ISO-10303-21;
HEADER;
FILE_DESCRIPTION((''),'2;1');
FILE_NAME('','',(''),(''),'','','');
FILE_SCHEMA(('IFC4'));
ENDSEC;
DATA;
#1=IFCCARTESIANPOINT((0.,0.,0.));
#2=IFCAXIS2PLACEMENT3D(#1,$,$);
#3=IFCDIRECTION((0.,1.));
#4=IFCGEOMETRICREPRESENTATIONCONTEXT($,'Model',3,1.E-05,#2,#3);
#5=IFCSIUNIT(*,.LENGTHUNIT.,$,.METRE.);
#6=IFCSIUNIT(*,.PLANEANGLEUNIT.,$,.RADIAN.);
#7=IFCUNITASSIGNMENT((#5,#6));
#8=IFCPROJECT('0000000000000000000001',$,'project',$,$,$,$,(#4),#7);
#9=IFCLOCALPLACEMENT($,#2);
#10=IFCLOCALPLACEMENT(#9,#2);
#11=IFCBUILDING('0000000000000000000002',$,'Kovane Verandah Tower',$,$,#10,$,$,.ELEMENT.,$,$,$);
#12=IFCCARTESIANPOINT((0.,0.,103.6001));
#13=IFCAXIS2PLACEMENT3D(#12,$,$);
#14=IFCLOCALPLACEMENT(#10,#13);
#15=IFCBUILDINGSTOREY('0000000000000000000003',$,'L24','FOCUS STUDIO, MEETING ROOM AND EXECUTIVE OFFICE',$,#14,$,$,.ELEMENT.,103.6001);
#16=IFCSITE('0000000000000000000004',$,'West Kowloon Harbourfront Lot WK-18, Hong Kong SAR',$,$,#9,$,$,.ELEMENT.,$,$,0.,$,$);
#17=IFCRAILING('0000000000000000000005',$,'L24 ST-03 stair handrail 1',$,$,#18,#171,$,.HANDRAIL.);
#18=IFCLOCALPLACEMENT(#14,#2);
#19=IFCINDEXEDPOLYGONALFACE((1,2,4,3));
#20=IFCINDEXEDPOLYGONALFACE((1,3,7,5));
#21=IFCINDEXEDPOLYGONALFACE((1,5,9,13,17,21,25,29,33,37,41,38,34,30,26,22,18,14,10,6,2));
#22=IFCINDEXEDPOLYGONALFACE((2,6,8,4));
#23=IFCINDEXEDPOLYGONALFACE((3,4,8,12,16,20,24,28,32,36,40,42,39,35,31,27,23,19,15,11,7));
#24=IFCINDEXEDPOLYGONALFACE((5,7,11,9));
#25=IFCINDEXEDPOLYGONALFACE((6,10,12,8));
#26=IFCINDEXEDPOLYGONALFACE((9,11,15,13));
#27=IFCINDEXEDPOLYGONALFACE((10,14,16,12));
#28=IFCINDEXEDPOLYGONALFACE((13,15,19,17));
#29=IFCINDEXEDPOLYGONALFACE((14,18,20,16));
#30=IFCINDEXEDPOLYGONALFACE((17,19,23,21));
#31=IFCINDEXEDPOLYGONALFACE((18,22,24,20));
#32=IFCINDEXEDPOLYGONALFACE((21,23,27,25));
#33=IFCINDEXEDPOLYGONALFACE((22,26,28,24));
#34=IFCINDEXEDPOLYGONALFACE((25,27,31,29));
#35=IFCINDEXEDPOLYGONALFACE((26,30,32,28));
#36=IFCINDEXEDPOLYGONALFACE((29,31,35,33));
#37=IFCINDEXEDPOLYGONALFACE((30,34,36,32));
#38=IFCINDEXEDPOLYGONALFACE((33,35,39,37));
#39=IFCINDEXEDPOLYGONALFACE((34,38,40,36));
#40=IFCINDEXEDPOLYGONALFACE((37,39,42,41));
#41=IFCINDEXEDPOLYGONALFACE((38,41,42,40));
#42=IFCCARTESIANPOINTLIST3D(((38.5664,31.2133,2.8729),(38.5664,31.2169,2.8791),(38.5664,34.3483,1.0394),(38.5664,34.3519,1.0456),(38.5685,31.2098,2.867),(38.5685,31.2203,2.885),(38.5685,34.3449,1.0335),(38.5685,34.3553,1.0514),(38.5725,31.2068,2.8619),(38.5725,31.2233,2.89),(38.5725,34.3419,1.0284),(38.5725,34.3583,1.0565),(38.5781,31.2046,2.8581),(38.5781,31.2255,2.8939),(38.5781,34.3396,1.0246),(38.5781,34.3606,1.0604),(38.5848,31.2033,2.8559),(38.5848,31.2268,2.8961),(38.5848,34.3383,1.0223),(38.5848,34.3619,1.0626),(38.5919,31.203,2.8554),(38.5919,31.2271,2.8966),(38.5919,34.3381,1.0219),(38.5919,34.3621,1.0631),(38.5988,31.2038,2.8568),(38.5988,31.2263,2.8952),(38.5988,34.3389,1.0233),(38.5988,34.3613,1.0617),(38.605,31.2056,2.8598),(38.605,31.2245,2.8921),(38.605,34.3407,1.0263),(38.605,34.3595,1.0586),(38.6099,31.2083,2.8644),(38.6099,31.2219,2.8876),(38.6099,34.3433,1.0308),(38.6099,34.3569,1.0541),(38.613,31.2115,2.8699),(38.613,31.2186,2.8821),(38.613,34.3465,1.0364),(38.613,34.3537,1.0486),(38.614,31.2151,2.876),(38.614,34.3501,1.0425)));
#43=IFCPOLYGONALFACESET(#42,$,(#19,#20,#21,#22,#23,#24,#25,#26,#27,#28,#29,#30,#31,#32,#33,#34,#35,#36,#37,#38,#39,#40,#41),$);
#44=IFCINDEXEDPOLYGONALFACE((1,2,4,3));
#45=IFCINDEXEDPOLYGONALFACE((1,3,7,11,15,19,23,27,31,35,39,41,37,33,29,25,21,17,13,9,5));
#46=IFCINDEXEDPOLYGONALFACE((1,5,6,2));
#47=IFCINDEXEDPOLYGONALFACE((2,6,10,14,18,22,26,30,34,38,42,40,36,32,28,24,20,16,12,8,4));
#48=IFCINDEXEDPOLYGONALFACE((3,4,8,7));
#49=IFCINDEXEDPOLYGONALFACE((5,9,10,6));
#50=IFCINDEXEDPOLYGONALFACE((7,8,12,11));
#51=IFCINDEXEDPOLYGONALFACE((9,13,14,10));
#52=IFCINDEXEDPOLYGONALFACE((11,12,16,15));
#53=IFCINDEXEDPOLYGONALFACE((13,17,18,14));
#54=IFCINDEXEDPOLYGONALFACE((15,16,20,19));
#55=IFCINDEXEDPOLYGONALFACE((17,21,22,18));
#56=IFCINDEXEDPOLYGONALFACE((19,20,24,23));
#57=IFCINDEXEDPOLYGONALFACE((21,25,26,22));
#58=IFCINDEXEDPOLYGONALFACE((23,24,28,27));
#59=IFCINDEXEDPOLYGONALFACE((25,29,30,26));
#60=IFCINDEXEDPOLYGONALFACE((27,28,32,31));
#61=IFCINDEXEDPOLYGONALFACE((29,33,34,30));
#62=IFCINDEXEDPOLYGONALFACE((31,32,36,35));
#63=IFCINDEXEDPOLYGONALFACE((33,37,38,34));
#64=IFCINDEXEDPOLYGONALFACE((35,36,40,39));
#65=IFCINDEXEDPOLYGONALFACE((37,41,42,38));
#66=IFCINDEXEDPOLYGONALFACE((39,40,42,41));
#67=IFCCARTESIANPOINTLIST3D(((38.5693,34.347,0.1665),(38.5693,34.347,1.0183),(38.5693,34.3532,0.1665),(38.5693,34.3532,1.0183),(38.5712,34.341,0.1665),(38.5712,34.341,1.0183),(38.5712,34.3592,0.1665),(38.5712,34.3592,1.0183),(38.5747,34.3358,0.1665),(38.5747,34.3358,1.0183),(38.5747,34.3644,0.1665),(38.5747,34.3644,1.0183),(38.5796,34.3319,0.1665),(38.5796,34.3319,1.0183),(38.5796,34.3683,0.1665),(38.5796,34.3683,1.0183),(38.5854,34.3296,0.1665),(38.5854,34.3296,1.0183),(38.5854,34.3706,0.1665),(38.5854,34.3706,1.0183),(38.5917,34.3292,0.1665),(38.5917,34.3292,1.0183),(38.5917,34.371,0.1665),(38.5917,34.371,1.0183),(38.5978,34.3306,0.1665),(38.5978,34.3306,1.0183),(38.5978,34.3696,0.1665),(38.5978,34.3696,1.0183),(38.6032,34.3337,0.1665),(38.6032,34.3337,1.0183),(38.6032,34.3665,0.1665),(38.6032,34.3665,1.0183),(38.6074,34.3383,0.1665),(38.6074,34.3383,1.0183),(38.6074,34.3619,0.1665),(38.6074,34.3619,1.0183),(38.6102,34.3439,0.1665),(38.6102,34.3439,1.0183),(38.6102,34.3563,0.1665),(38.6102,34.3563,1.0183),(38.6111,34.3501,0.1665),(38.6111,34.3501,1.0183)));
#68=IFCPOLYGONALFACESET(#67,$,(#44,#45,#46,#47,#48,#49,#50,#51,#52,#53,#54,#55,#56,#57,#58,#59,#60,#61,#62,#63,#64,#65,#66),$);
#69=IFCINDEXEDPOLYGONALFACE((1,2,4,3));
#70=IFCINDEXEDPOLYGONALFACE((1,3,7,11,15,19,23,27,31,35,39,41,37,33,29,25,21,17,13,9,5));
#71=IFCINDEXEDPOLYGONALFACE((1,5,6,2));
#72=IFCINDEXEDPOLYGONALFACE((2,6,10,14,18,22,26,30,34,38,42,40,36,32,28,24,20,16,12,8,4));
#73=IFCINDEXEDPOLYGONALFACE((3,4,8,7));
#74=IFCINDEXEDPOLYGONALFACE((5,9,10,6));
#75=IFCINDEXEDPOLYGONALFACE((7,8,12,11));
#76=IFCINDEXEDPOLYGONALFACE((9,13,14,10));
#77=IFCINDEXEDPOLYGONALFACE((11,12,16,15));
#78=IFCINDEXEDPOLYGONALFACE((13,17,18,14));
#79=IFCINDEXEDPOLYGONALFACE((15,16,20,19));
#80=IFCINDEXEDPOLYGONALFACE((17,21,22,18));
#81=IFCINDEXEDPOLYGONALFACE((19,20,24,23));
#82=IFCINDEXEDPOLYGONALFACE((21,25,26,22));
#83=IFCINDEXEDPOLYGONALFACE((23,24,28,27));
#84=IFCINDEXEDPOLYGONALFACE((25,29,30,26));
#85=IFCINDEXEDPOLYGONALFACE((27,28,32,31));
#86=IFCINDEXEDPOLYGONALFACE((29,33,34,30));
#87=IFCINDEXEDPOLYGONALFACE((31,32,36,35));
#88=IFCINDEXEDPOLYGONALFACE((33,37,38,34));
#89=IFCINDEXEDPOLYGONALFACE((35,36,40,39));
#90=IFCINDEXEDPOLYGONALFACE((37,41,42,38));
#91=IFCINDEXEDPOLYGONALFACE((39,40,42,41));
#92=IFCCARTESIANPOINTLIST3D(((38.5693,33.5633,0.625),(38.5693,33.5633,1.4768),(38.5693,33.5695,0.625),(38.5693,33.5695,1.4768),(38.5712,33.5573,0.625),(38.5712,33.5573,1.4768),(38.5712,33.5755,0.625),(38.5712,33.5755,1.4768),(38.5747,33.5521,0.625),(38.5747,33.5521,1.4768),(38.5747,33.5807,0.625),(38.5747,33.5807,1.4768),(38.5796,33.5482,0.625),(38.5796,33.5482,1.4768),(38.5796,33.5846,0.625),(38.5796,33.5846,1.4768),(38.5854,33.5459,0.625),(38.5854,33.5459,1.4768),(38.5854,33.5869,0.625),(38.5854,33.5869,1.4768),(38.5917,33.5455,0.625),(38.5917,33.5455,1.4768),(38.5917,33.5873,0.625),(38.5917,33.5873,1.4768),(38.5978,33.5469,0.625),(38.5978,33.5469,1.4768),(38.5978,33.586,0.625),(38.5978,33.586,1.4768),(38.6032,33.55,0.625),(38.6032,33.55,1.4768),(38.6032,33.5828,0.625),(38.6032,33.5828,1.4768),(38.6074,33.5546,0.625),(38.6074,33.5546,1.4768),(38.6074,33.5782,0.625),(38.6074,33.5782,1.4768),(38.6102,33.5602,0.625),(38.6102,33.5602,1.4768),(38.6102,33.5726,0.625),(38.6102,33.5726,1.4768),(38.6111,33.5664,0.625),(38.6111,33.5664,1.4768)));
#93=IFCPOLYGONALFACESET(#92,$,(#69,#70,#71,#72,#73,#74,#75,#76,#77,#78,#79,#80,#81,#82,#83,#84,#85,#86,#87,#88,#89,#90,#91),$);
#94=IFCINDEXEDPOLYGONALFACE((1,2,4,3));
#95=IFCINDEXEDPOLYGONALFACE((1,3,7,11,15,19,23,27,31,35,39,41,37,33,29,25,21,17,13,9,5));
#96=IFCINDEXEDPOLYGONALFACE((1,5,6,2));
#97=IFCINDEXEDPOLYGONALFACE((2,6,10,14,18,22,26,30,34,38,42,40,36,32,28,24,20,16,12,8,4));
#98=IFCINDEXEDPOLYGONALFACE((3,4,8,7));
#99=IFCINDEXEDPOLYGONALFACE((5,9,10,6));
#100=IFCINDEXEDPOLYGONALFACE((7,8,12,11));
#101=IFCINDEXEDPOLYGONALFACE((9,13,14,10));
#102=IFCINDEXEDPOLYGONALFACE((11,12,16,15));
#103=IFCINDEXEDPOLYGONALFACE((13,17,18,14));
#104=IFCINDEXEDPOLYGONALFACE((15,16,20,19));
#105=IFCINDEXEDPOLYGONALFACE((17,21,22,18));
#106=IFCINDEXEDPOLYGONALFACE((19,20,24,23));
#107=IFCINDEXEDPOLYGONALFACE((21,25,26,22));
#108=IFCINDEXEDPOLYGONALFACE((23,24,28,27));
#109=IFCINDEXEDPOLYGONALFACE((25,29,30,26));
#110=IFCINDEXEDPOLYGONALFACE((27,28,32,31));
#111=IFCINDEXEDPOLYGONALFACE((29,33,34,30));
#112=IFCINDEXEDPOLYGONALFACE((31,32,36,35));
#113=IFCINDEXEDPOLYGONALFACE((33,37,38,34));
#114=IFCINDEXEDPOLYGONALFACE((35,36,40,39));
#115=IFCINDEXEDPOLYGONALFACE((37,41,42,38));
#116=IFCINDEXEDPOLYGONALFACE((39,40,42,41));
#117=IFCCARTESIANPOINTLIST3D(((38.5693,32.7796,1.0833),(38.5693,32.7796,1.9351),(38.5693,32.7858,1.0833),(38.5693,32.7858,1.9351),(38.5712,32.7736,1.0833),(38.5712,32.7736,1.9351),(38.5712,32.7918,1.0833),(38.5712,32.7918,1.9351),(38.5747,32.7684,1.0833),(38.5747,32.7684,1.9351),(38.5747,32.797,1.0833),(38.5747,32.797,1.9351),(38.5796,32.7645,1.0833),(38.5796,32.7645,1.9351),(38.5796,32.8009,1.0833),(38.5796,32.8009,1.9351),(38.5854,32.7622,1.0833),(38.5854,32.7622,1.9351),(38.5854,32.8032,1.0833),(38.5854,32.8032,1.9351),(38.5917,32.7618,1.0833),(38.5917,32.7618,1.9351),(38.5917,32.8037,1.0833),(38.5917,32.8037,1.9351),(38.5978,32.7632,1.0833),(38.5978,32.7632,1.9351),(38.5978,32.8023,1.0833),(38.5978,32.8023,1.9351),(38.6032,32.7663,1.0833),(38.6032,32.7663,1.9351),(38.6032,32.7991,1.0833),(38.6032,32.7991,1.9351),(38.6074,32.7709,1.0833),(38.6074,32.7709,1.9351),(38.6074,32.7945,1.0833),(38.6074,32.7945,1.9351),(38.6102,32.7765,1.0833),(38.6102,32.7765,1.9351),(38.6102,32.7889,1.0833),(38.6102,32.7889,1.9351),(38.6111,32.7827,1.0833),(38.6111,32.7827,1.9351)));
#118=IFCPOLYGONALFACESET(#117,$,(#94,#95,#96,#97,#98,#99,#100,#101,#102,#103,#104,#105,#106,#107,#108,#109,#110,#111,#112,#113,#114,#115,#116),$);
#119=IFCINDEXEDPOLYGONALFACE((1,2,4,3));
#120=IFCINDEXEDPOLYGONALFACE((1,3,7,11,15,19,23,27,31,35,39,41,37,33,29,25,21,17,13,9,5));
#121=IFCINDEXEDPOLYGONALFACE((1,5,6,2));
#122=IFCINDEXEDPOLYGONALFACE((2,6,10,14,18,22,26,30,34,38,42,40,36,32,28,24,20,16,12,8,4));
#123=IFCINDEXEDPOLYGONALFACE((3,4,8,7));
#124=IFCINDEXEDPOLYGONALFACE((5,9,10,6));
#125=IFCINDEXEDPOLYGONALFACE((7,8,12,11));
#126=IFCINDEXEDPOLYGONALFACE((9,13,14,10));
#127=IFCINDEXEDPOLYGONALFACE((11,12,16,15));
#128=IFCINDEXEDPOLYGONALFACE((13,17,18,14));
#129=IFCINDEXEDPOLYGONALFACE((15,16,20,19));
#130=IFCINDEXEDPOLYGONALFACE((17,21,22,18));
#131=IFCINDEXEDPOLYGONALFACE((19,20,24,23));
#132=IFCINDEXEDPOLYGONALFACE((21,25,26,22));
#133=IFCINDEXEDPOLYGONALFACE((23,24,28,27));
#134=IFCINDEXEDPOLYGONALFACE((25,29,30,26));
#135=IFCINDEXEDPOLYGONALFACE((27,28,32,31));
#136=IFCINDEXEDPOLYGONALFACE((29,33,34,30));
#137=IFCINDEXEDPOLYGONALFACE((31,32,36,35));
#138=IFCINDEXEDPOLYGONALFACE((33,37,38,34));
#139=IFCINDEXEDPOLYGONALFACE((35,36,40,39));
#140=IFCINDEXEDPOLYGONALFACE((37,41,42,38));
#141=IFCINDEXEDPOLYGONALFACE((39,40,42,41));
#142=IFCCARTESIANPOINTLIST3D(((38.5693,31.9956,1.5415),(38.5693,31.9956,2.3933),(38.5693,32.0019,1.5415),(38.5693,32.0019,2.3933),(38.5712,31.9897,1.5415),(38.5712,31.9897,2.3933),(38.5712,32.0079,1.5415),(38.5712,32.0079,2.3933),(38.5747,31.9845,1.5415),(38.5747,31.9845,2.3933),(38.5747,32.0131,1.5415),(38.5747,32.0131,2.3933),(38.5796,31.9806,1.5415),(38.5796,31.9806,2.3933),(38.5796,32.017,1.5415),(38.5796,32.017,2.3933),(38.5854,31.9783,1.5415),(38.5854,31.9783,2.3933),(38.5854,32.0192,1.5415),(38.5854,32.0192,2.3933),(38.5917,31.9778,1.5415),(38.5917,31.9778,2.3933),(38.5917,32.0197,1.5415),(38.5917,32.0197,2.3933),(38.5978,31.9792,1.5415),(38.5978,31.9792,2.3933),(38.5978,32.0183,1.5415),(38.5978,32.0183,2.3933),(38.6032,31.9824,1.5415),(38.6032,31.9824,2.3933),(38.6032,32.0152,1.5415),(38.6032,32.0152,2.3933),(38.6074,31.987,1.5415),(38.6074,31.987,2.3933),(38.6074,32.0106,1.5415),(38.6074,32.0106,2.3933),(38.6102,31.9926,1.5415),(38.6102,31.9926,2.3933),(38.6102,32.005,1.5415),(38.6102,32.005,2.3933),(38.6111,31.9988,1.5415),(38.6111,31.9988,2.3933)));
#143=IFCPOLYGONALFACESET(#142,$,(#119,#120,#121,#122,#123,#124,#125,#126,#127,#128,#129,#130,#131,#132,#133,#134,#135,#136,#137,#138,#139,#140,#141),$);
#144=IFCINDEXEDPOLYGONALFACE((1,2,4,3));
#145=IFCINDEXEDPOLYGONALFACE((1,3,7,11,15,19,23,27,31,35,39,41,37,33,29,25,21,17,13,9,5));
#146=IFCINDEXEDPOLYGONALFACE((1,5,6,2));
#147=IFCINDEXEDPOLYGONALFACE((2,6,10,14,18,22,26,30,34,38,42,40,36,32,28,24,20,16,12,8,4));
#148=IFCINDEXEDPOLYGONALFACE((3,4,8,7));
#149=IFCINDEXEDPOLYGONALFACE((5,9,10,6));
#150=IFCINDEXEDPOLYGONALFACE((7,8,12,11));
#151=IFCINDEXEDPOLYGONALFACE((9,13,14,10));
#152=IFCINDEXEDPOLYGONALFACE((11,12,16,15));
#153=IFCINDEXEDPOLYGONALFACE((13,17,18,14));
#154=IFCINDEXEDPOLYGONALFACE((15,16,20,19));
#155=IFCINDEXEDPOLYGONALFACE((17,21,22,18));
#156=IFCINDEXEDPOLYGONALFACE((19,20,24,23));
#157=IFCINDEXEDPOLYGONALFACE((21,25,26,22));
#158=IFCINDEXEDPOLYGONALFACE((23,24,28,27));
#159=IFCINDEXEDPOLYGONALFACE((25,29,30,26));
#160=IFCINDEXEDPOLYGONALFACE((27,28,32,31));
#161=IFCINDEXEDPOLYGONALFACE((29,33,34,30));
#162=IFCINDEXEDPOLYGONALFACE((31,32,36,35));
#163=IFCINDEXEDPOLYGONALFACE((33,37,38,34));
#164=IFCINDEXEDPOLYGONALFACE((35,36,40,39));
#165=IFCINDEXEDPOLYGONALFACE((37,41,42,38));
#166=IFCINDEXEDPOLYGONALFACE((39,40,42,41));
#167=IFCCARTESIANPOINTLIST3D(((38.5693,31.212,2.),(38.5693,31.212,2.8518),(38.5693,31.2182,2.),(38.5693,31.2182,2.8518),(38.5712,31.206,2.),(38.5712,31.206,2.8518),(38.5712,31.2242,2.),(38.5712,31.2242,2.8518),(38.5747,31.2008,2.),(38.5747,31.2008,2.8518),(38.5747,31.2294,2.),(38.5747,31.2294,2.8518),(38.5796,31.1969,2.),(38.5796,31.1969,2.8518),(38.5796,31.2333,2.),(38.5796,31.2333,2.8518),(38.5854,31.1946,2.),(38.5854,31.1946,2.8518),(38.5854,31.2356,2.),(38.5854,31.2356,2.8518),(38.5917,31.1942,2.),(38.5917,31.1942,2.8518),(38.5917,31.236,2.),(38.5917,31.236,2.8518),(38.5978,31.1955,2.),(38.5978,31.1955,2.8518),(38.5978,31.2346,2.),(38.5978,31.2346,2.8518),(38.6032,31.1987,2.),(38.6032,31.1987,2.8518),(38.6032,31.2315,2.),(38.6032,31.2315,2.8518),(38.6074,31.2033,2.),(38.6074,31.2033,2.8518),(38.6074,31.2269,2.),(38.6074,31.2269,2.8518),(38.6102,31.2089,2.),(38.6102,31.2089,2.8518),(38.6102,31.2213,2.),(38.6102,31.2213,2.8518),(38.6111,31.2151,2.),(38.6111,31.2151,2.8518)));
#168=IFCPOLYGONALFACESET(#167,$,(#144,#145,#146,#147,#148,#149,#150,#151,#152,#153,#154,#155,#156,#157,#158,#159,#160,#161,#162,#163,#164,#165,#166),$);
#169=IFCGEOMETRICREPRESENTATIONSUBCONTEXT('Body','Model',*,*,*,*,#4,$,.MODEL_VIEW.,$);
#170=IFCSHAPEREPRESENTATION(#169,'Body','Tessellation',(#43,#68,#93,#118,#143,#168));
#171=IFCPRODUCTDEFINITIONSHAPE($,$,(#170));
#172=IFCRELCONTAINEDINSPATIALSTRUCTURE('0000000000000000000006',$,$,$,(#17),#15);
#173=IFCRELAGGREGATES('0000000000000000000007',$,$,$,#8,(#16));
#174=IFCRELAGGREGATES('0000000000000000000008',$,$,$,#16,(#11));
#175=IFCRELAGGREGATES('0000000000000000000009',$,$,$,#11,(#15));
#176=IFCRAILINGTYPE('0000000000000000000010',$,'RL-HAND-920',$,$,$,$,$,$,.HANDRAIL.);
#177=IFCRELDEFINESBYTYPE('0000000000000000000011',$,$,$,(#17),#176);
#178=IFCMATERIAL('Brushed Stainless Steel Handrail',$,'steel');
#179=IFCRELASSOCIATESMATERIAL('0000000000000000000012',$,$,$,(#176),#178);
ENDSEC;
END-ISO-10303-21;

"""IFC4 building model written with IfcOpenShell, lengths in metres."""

from ifc_helpers import new_model, si_unit, direction, frame, origin, origin_2d, place, context, subcontext, project, spatial, circle, extrude, material, type_object, element, save


model = new_model("IFC4")

# Units and contexts
model_context = context("Model", 3, precision=1e-05, world=origin(), true_north=direction((0.0, 1.0)))
body_context = subcontext(model_context, "Body", "Model", "MODEL_VIEW")
ifc_project = project(units=[si_unit("LENGTHUNIT", "METRE"), si_unit("PLANEANGLEUNIT", "RADIAN")], contexts=[model_context])

# Site, building, storey
site_placement = place(None, origin())
site = spatial("IfcSite", under=ifc_project, at=site_placement, Name="West Kowloon Harbourfront Lot WK-18, Hong Kong SAR", CompositionType="ELEMENT", RefElevation=0.0)
building_placement = place(site_placement, origin())
building = spatial("IfcBuilding", under=site, at=building_placement, Name="Kovane Verandah Tower", CompositionType="ELEMENT")
storey_placement = place(building_placement, frame((0.0, 0.0, 103.6001)))
storey = spatial("IfcBuildingStorey", under=building, at=storey_placement, Name="L24", Description="FOCUS STUDIO, MEETING ROOM AND EXECUTIVE OFFICE", CompositionType="ELEMENT", Elevation=103.6001)

# Railing
ifc_material_1 = material(Name="Brushed Stainless Steel Handrail", Category="steel")
railing_type_1 = type_object("IfcRailingType", Name="RL-HAND-920", PredefinedType="HANDRAIL", material=ifc_material_1)
for number, where, name in (
    (1, (38.5901, 34.3501, 0.1665), "L24 ST-03 stair handrail 1"),
):
    element("IfcRailing", number, at=place(storey_placement, frame(where)), inside=storey, type_object=railing_type_1, Name=name, PredefinedType="HANDRAIL", context=body_context, shape_type="SweptSolid", body=[
        extrude(circle(Radius=0.0239, at=origin_2d()), frame((0.0, 0.0, 0.876), z_axis=(0.0, -0.86321, 0.504845), x_axis=(1.0, 0.0, 0.0)), (0.0, 0.0, 1.0), 3.6318),
        extrude(circle(Radius=0.021, at=origin_2d()), origin(), (0.0, 0.0, 1.0), 0.8518),
        extrude(circle(Radius=0.021, at=origin_2d()), frame((0.0, -0.7837, 0.4585)), (0.0, 0.0, 1.0), 0.8518),
        extrude(circle(Radius=0.021, at=origin_2d()), frame((0.0, -1.5674, 0.9167)), (0.0, 0.0, 1.0), 0.8518),
        extrude(circle(Radius=0.021, at=origin_2d()), frame((0.0, -2.3513, 1.375)), (0.0, 0.0, 1.0), 0.8518),
        extrude(circle(Radius=0.021, at=origin_2d()), frame((0.0, -3.135, 1.8335)), (0.0, 0.0, 1.0), 0.8518),
    ])

save(model, "model.ifc")
